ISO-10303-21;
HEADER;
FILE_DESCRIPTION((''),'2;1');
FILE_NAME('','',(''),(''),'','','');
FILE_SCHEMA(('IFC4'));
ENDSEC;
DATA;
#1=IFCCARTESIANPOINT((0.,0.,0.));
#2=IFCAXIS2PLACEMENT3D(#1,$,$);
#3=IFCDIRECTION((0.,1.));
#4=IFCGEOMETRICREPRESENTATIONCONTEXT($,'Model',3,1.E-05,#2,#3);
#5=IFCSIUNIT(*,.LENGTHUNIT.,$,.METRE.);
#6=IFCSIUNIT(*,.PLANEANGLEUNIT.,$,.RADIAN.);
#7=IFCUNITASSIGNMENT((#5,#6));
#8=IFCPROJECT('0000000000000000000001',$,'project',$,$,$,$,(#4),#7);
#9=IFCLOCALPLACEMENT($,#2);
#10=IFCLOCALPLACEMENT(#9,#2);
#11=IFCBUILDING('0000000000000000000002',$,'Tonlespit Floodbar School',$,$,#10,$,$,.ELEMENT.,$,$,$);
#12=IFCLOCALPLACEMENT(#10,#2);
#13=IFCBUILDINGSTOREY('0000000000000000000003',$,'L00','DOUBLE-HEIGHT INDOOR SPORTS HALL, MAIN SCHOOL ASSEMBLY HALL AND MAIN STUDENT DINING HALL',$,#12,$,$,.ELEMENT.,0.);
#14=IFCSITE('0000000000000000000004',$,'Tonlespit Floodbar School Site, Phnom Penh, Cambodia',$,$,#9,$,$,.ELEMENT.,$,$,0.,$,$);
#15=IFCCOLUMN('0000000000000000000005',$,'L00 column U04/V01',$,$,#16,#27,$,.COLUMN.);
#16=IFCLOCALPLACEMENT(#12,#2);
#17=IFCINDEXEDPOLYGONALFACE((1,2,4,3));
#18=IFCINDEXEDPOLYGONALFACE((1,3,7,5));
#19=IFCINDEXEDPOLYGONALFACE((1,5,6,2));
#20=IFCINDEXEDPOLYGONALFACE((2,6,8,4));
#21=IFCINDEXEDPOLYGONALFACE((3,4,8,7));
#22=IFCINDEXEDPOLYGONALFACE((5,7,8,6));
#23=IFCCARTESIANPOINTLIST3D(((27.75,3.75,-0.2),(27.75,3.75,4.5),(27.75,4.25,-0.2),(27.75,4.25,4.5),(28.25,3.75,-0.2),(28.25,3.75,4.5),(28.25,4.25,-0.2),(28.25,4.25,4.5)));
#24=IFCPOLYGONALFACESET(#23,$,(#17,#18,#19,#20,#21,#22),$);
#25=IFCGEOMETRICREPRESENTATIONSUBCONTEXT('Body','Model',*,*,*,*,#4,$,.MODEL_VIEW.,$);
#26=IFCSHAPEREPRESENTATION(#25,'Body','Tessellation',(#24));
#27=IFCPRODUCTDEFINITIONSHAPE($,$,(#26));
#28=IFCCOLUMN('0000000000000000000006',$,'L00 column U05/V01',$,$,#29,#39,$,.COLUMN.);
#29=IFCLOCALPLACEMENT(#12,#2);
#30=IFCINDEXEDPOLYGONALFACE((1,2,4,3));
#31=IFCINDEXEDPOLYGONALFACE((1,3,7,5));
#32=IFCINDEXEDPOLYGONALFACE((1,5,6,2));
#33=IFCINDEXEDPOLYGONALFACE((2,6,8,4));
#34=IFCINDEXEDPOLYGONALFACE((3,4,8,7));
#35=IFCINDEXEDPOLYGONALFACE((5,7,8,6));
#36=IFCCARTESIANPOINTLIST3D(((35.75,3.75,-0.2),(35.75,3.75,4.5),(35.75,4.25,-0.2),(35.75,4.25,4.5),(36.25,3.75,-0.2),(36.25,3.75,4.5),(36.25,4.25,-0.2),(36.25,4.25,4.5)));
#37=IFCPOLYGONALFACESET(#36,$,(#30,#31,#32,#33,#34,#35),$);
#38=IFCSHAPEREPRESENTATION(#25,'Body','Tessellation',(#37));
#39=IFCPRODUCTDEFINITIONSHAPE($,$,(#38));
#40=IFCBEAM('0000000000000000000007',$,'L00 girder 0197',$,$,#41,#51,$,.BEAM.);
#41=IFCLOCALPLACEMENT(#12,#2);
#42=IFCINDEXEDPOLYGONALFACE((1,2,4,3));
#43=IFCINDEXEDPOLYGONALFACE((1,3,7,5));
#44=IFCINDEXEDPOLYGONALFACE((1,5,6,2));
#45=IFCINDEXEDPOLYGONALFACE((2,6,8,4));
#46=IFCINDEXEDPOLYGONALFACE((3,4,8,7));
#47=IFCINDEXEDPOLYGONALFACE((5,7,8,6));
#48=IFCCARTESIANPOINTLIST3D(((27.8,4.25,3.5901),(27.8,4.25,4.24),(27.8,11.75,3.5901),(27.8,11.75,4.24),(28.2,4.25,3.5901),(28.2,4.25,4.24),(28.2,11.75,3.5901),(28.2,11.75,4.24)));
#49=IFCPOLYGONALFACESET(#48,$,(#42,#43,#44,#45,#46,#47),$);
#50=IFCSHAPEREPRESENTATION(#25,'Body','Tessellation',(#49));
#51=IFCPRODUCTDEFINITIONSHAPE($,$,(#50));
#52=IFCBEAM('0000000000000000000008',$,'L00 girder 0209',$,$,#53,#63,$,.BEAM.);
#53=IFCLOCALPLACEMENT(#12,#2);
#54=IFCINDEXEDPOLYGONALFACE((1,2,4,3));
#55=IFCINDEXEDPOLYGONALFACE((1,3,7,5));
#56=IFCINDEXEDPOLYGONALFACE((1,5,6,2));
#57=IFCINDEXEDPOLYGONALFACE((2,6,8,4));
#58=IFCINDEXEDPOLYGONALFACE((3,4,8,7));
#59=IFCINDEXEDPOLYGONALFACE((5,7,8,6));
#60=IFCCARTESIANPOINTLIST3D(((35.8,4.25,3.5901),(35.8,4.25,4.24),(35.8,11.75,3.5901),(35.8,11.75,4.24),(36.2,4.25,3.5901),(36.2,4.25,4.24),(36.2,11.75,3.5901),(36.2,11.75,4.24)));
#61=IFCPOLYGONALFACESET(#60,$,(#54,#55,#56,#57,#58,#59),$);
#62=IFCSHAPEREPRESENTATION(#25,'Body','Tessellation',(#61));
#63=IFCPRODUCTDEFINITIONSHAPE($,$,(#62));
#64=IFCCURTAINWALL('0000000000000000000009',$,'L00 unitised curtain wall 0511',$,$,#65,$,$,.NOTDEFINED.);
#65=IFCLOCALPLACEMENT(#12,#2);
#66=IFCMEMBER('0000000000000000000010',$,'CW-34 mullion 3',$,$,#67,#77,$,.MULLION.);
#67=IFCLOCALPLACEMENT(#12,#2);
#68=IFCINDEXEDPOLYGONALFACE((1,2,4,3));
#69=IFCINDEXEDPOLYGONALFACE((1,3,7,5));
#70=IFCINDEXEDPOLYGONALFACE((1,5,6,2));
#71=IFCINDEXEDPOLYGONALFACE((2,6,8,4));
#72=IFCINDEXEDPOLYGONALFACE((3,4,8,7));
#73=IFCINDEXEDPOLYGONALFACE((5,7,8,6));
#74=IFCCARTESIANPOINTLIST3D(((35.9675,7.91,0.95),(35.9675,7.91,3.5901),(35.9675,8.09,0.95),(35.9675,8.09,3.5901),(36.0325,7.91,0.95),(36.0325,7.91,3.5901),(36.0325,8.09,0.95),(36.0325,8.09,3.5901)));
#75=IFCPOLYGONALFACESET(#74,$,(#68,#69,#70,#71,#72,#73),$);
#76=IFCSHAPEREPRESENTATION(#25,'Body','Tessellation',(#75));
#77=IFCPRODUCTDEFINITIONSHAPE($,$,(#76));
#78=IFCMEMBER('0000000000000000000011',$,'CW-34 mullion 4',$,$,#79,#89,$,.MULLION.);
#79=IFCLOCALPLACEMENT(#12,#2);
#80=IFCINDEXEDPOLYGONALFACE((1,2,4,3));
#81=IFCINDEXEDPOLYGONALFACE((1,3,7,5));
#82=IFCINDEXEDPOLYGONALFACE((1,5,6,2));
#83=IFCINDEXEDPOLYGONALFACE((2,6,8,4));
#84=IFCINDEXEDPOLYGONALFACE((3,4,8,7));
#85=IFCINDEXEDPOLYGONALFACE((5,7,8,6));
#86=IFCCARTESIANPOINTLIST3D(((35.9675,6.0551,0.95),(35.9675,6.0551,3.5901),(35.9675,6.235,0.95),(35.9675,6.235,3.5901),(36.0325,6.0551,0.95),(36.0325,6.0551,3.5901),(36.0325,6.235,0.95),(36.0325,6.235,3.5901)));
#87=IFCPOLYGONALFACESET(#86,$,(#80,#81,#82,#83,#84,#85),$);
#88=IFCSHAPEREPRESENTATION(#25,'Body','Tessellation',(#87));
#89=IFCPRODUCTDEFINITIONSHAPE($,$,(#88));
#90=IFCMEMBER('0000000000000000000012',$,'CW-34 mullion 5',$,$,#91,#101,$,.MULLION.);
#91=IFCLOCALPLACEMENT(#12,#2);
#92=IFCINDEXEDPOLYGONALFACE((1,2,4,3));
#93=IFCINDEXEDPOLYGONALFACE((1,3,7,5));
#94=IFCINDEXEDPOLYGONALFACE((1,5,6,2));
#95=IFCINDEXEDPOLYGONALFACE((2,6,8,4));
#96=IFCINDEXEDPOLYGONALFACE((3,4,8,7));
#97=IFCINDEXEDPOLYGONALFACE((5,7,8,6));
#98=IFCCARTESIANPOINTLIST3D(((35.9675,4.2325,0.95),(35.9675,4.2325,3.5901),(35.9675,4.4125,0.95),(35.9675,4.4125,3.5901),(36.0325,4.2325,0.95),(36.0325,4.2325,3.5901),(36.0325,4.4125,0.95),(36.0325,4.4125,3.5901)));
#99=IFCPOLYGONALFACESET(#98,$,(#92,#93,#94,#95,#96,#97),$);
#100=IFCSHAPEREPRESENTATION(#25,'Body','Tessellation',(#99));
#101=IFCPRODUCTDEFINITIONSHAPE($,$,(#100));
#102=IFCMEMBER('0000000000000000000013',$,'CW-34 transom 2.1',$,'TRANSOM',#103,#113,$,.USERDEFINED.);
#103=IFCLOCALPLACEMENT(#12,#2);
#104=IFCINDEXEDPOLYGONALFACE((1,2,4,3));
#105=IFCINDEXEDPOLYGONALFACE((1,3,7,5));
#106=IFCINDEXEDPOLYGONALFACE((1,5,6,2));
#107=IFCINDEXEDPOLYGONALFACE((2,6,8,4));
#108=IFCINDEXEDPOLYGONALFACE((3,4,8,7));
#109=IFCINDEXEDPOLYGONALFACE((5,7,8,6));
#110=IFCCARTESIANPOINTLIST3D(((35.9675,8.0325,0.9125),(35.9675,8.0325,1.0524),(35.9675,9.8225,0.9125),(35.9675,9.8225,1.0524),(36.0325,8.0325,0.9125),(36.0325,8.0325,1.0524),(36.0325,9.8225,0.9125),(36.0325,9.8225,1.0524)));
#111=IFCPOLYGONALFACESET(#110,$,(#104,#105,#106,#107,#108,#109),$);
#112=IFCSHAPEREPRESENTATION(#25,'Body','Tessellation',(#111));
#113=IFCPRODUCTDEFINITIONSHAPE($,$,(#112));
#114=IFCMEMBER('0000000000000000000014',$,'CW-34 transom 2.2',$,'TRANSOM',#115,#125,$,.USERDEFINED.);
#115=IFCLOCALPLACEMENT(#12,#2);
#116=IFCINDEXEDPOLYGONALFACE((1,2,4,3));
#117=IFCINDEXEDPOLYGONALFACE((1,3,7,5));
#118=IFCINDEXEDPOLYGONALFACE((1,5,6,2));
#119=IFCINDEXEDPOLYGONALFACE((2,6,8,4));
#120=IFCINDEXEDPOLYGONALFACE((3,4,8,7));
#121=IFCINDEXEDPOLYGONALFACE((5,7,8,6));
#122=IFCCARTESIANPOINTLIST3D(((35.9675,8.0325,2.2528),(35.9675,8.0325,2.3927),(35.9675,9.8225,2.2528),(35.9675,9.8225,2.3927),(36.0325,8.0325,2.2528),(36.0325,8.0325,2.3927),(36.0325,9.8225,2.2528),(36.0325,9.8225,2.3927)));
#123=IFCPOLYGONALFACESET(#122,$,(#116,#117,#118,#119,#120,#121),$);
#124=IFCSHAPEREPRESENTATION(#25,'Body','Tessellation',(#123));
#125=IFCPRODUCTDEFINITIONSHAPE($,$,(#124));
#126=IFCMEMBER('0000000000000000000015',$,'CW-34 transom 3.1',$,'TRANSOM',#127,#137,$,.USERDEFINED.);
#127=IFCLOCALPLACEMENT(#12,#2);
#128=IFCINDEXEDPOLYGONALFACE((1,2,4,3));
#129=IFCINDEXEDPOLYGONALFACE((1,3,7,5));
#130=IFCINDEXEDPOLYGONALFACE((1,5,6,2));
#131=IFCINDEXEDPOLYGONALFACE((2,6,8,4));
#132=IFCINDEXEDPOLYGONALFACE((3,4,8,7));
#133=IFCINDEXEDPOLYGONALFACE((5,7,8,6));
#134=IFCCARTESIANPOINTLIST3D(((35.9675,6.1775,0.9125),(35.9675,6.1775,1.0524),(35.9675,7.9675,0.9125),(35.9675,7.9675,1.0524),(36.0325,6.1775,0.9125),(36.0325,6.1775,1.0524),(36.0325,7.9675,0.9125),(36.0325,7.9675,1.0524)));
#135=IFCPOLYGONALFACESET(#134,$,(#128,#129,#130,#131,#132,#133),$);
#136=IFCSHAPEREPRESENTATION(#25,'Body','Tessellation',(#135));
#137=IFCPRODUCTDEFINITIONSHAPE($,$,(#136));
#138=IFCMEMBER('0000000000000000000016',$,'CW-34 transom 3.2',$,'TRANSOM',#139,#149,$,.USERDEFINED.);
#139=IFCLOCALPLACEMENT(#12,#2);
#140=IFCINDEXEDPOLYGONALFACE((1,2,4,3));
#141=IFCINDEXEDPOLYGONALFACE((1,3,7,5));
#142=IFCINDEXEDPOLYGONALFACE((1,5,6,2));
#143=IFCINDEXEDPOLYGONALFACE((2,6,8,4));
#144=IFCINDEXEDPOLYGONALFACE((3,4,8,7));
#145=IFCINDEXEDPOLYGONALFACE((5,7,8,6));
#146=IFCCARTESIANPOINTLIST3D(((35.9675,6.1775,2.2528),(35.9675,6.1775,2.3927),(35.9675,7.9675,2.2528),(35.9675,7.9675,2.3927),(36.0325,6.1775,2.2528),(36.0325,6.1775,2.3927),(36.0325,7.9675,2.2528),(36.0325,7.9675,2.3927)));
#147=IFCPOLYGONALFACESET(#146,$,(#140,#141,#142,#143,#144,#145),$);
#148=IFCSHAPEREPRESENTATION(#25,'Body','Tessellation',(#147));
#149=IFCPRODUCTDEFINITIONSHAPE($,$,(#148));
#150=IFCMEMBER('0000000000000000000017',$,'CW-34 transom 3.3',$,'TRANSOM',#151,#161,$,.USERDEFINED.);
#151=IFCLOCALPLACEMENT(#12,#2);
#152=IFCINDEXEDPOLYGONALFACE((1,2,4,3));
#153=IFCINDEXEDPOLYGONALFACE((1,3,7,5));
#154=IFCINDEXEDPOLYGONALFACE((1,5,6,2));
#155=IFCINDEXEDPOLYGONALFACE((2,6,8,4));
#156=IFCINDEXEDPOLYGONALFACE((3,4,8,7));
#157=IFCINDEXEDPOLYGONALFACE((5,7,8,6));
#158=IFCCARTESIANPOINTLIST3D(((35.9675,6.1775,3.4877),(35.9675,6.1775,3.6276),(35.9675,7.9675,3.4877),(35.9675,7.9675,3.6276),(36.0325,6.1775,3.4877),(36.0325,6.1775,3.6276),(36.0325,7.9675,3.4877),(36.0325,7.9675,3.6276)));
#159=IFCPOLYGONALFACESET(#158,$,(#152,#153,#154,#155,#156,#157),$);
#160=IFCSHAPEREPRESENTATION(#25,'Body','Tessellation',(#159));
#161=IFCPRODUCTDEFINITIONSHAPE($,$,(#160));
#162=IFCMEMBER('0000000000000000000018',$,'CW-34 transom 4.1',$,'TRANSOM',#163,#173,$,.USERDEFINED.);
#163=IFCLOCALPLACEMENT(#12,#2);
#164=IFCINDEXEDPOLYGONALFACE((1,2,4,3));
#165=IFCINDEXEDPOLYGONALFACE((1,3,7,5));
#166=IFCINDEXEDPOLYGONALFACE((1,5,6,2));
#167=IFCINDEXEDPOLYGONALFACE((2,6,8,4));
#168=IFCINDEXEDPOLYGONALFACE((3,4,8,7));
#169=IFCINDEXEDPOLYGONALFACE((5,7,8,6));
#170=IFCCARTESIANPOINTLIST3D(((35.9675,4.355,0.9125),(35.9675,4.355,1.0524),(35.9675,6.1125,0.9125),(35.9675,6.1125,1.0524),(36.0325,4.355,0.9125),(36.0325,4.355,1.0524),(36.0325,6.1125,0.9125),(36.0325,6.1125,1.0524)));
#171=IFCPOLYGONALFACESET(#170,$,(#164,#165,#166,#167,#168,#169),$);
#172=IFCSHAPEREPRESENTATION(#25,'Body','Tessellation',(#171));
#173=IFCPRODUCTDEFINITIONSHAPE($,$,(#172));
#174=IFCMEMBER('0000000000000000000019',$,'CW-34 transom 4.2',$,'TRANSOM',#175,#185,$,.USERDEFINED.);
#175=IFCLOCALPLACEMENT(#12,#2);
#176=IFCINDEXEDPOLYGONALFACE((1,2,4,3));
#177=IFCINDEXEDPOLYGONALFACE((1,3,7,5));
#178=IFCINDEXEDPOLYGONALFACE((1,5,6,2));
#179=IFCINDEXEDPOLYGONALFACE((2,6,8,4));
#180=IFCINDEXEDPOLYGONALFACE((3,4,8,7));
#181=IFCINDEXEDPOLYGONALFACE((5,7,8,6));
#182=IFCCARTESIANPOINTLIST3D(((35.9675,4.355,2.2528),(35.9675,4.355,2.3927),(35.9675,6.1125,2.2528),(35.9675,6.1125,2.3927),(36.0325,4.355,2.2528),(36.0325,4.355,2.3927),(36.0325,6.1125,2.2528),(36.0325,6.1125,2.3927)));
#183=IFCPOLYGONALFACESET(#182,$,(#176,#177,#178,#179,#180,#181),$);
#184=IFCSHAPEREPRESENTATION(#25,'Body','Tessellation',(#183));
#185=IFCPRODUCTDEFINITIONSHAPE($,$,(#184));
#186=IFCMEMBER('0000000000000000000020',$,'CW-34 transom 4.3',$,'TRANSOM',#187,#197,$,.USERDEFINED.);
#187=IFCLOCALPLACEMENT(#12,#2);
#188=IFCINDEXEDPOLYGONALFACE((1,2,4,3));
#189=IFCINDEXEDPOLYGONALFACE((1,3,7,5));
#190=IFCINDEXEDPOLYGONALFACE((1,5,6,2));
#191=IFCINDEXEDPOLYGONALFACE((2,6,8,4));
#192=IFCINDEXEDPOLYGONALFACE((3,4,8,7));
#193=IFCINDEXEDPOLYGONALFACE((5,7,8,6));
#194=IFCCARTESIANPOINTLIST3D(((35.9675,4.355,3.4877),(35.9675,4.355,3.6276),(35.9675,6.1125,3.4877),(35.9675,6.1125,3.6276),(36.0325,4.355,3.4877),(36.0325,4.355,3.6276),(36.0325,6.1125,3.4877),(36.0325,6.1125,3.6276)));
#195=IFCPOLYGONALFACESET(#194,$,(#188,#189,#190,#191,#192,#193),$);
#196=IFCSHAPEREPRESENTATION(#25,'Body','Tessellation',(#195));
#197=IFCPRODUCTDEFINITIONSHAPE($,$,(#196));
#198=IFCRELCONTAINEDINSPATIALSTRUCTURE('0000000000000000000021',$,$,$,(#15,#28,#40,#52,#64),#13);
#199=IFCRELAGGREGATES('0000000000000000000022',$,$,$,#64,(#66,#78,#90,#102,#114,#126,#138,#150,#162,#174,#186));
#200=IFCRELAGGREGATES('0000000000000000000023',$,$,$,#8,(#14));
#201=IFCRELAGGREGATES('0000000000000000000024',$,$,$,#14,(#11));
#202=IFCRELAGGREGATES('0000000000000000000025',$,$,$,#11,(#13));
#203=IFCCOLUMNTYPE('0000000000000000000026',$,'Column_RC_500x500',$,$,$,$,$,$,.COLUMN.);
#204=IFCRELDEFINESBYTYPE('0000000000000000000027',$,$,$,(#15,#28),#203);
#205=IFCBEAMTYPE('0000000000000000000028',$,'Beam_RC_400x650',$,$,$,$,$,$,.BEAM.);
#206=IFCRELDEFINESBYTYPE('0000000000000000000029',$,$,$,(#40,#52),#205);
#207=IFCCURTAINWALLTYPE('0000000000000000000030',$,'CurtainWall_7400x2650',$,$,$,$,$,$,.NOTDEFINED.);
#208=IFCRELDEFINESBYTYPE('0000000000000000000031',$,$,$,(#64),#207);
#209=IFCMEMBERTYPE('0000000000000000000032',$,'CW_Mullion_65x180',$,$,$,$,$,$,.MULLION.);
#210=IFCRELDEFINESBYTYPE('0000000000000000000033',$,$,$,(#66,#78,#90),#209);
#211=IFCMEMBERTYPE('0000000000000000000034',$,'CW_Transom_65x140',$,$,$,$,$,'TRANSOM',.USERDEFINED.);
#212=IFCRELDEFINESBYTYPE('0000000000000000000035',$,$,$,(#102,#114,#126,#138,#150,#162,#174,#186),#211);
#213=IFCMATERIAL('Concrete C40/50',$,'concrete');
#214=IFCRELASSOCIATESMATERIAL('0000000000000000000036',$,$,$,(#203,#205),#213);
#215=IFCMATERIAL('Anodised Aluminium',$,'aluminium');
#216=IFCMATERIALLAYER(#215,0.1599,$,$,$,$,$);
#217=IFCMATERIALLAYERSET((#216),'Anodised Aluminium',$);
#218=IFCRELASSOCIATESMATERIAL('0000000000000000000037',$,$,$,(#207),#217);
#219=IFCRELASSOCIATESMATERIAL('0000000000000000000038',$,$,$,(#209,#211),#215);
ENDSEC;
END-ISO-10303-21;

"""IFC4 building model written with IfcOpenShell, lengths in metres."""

from ifc_helpers import new_model, si_unit, direction, frame, origin, origin_2d, place, context, subcontext, project, spatial, rectangle, extrude, material, layer, layer_set, material_profile, profile_set, type_object, element, aggregate, save


model = new_model("IFC4")

# Units and contexts
model_context = context("Model", 3, precision=1e-05, world=origin(), true_north=direction((0.0, 1.0)))
body_context = subcontext(model_context, "Body", "Model", "MODEL_VIEW")
ifc_project = project(units=[si_unit("LENGTHUNIT", "METRE"), si_unit("PLANEANGLEUNIT", "RADIAN")], contexts=[model_context])

# Site, building, storey
site_placement = place(None, origin())
site = spatial("IfcSite", under=ifc_project, at=site_placement, Name="Tonlespit Floodbar School Site, Phnom Penh, Cambodia", CompositionType="ELEMENT", RefElevation=0.0)
building_placement = place(site_placement, origin())
building = spatial("IfcBuilding", under=site, at=building_placement, Name="Tonlespit Floodbar School", CompositionType="ELEMENT")
storey_placement = place(building_placement, origin())
storey = spatial("IfcBuildingStorey", under=building, at=storey_placement, Name="L00", Description="DOUBLE-HEIGHT INDOOR SPORTS HALL, MAIN SCHOOL ASSEMBLY HALL AND MAIN STUDENT DINING HALL", CompositionType="ELEMENT", Elevation=0.0)

# Shared definitions
ifc_material_1 = material(Name="Concrete C40/50", Category="concrete")

# Columns
ifc_material_profile_1 = material_profile(ifc_material_1, rectangle(XDim=0.5, YDim=0.5, at=origin_2d()), Name="RC 500x500")
ifc_profile_set_1 = profile_set([ifc_material_profile_1], Name="Concrete C40/50")
column_type = type_object("IfcColumnType", Name="Column_RC_500x500", PredefinedType="COLUMN", material=ifc_profile_set_1)
for number, where, z_axis, x_axis, name in (
    (1, (28.0, 4.0, -0.2), (0.0, 0.0, 1.0), (1.0, 0.0, 0.0), "L00 column U04/V01"),
    (2, (36.0, 4.0, -0.2), (0.0, 0.0, 1.0), (1.0, 0.0, 0.0), "L00 column U05/V01"),
):
    element("IfcColumn", number, at=place(storey_placement, frame(where, z_axis=z_axis, x_axis=x_axis)), inside=storey, type_object=column_type, Name=name, PredefinedType="COLUMN", context=body_context, shape_type="SweptSolid", body=[
        extrude(rectangle(XDim=0.5, YDim=0.5, at=origin_2d()), origin(), (0.0, 0.0, 1.0), 4.7),
    ])

# Beams
ifc_material_profile_2 = material_profile(ifc_material_1, rectangle(XDim=0.3999, YDim=0.6499, at=origin_2d()), Name="RC 400x650")
ifc_profile_set_2 = profile_set([ifc_material_profile_2], Name="Concrete C40/50")
beam_type_1 = type_object("IfcBeamType", Name="Beam_RC_400x650", PredefinedType="BEAM", material=ifc_profile_set_2)
for number, where, z_axis, x_axis, name in (
    (3, (28.0, 4.25, 3.915), (0.0, 1.0, 0.0), (-1.0, 0.0, 0.0), "L00 girder 0197"),
    (4, (36.0, 4.25, 3.915), (0.0, 1.0, 0.0), (-1.0, 0.0, 0.0), "L00 girder 0209"),
):
    element("IfcBeam", number, at=place(storey_placement, frame(where, z_axis=z_axis, x_axis=x_axis)), inside=storey, type_object=beam_type_1, Name=name, PredefinedType="BEAM", context=body_context, shape_type="SweptSolid", body=[
        extrude(rectangle(XDim=0.3999, YDim=0.6499, at=origin_2d()), origin(), (0.0, 0.0, 1.0), 7.5),
    ])

# Curtain wall, members
ifc_material_2 = material(Name="Anodised Aluminium", Category="aluminium")
ifc_layer_1 = layer(ifc_material_2, 0.1599)
ifc_layer_set_1 = layer_set([ifc_layer_1], Name="Anodised Aluminium")
curtain_wall_type = type_object("IfcCurtainWallType", Name="CurtainWall_7400x2650", PredefinedType="NOTDEFINED", material=ifc_layer_set_1)
curtain_wall_placement = place(storey_placement, origin())
curtain_wall = element("IfcCurtainWall", 5, at=curtain_wall_placement, inside=storey, type_object=curtain_wall_type, Name="L00 unitised curtain wall 0511", PredefinedType="NOTDEFINED")
ifc_material_profile_3 = material_profile(ifc_material_2, rectangle(XDim=0.0649, YDim=0.1799, at=origin_2d()), Name="ALU M65x180")
ifc_profile_set_3 = profile_set([ifc_material_profile_3], Name="Anodised Aluminium")
member_type_1 = type_object("IfcMemberType", Name="CW_Mullion_65x180", PredefinedType="MULLION", material=ifc_profile_set_3)
member_1_placement = place(storey_placement, frame((36.0, 8.0, 0.95), z_axis=(0.0, 0.0, 1.0), x_axis=(1.0, 0.0, 0.0)))
member_1 = element("IfcMember", 6, at=member_1_placement, type_object=member_type_1, Name="CW-34 mullion 3", PredefinedType="MULLION", context=body_context, shape_type="SweptSolid", body=[
    extrude(rectangle(XDim=0.0649, YDim=0.1799, at=origin_2d()), origin(), (0.0, 0.0, 1.0), 2.6401),
])
member_2_placement = place(storey_placement, frame((36.0, 6.145, 0.95), z_axis=(0.0, 0.0, 1.0), x_axis=(1.0, 0.0, 0.0)))
member_2 = element("IfcMember", 7, at=member_2_placement, type_object=member_type_1, Name="CW-34 mullion 4", PredefinedType="MULLION", context=body_context, shape_type="SweptSolid", body=[
    extrude(rectangle(XDim=0.0649, YDim=0.1799, at=origin_2d()), origin(), (0.0, 0.0, 1.0), 2.6401),
])
member_3_placement = place(storey_placement, frame((36.0, 4.3225, 0.95), z_axis=(0.0, 0.0, 1.0), x_axis=(1.0, 0.0, 0.0)))
member_3 = element("IfcMember", 8, at=member_3_placement, type_object=member_type_1, Name="CW-34 mullion 5", PredefinedType="MULLION", context=body_context, shape_type="SweptSolid", body=[
    extrude(rectangle(XDim=0.0649, YDim=0.1799, at=origin_2d()), origin(), (0.0, 0.0, 1.0), 2.6401),
])
ifc_material_profile_4 = material_profile(ifc_material_2, rectangle(XDim=0.0649, YDim=0.1399, at=origin_2d()), Name="ALU T65x140")
ifc_profile_set_4 = profile_set([ifc_material_profile_4], Name="Anodised Aluminium")
member_type_2 = type_object("IfcMemberType", Name="CW_Transom_65x140", ElementType="TRANSOM", PredefinedType="USERDEFINED", material=ifc_profile_set_4)
member_4_placement = place(storey_placement, frame((36.0, 9.8225, 0.9824), z_axis=(0.0, -1.0, 0.0), x_axis=(1.0, 0.0, 0.0)))
member_4 = element("IfcMember", 9, at=member_4_placement, type_object=member_type_2, Name="CW-34 transom 2.1", ObjectType="TRANSOM", PredefinedType="USERDEFINED", context=body_context, shape_type="SweptSolid", body=[
    extrude(rectangle(XDim=0.0649, YDim=0.1399, at=origin_2d()), origin(), (0.0, 0.0, 1.0), 1.79),
])
member_5_placement = place(storey_placement, frame((36.0, 9.8225, 2.3228), z_axis=(0.0, -1.0, 0.0), x_axis=(1.0, 0.0, 0.0)))
member_5 = element("IfcMember", 10, at=member_5_placement, type_object=member_type_2, Name="CW-34 transom 2.2", ObjectType="TRANSOM", PredefinedType="USERDEFINED", context=body_context, shape_type="SweptSolid", body=[
    extrude(rectangle(XDim=0.0649, YDim=0.1399, at=origin_2d()), origin(), (0.0, 0.0, 1.0), 1.79),
])
member_6_placement = place(storey_placement, frame((36.0, 7.9675, 0.9824), z_axis=(0.0, -1.0, 0.0), x_axis=(1.0, 0.0, 0.0)))
member_6 = element("IfcMember", 11, at=member_6_placement, type_object=member_type_2, Name="CW-34 transom 3.1", ObjectType="TRANSOM", PredefinedType="USERDEFINED", context=body_context, shape_type="SweptSolid", body=[
    extrude(rectangle(XDim=0.0649, YDim=0.1399, at=origin_2d()), origin(), (0.0, 0.0, 1.0), 1.79),
])
member_7_placement = place(storey_placement, frame((36.0, 7.9675, 2.3228), z_axis=(0.0, -1.0, 0.0), x_axis=(1.0, 0.0, 0.0)))
member_7 = element("IfcMember", 12, at=member_7_placement, type_object=member_type_2, Name="CW-34 transom 3.2", ObjectType="TRANSOM", PredefinedType="USERDEFINED", context=body_context, shape_type="SweptSolid", body=[
    extrude(rectangle(XDim=0.0649, YDim=0.1399, at=origin_2d()), origin(), (0.0, 0.0, 1.0), 1.79),
])
member_8_placement = place(storey_placement, frame((36.0, 7.9675, 3.5576), z_axis=(0.0, -1.0, 0.0), x_axis=(1.0, 0.0, 0.0)))
member_8 = element("IfcMember", 13, at=member_8_placement, type_object=member_type_2, Name="CW-34 transom 3.3", ObjectType="TRANSOM", PredefinedType="USERDEFINED", context=body_context, shape_type="SweptSolid", body=[
    extrude(rectangle(XDim=0.0649, YDim=0.1399, at=origin_2d()), origin(), (0.0, 0.0, 1.0), 1.79),
])
member_9_placement = place(storey_placement, frame((36.0, 6.1125, 0.9824), z_axis=(0.0, -1.0, 0.0), x_axis=(1.0, 0.0, 0.0)))
member_9 = element("IfcMember", 14, at=member_9_placement, type_object=member_type_2, Name="CW-34 transom 4.1", ObjectType="TRANSOM", PredefinedType="USERDEFINED", context=body_context, shape_type="SweptSolid", body=[
    extrude(rectangle(XDim=0.0649, YDim=0.1399, at=origin_2d()), origin(), (0.0, 0.0, 1.0), 1.7576),
])
member_10_placement = place(storey_placement, frame((36.0, 6.1125, 2.3228), z_axis=(0.0, -1.0, 0.0), x_axis=(1.0, 0.0, 0.0)))
member_10 = element("IfcMember", 15, at=member_10_placement, type_object=member_type_2, Name="CW-34 transom 4.2", ObjectType="TRANSOM", PredefinedType="USERDEFINED", context=body_context, shape_type="SweptSolid", body=[
    extrude(rectangle(XDim=0.0649, YDim=0.1399, at=origin_2d()), origin(), (0.0, 0.0, 1.0), 1.7576),
])
member_11_placement = place(storey_placement, frame((36.0, 6.1125, 3.5576), z_axis=(0.0, -1.0, 0.0), x_axis=(1.0, 0.0, 0.0)))
member_11 = element("IfcMember", 16, at=member_11_placement, type_object=member_type_2, Name="CW-34 transom 4.3", ObjectType="TRANSOM", PredefinedType="USERDEFINED", context=body_context, shape_type="SweptSolid", body=[
    extrude(rectangle(XDim=0.0649, YDim=0.1399, at=origin_2d()), origin(), (0.0, 0.0, 1.0), 1.7576),
])

aggregate(curtain_wall, [member_1, member_2, member_3, member_4, member_5, member_6, member_7, member_8, member_9, member_10, member_11])

save(model, "model.ifc")
